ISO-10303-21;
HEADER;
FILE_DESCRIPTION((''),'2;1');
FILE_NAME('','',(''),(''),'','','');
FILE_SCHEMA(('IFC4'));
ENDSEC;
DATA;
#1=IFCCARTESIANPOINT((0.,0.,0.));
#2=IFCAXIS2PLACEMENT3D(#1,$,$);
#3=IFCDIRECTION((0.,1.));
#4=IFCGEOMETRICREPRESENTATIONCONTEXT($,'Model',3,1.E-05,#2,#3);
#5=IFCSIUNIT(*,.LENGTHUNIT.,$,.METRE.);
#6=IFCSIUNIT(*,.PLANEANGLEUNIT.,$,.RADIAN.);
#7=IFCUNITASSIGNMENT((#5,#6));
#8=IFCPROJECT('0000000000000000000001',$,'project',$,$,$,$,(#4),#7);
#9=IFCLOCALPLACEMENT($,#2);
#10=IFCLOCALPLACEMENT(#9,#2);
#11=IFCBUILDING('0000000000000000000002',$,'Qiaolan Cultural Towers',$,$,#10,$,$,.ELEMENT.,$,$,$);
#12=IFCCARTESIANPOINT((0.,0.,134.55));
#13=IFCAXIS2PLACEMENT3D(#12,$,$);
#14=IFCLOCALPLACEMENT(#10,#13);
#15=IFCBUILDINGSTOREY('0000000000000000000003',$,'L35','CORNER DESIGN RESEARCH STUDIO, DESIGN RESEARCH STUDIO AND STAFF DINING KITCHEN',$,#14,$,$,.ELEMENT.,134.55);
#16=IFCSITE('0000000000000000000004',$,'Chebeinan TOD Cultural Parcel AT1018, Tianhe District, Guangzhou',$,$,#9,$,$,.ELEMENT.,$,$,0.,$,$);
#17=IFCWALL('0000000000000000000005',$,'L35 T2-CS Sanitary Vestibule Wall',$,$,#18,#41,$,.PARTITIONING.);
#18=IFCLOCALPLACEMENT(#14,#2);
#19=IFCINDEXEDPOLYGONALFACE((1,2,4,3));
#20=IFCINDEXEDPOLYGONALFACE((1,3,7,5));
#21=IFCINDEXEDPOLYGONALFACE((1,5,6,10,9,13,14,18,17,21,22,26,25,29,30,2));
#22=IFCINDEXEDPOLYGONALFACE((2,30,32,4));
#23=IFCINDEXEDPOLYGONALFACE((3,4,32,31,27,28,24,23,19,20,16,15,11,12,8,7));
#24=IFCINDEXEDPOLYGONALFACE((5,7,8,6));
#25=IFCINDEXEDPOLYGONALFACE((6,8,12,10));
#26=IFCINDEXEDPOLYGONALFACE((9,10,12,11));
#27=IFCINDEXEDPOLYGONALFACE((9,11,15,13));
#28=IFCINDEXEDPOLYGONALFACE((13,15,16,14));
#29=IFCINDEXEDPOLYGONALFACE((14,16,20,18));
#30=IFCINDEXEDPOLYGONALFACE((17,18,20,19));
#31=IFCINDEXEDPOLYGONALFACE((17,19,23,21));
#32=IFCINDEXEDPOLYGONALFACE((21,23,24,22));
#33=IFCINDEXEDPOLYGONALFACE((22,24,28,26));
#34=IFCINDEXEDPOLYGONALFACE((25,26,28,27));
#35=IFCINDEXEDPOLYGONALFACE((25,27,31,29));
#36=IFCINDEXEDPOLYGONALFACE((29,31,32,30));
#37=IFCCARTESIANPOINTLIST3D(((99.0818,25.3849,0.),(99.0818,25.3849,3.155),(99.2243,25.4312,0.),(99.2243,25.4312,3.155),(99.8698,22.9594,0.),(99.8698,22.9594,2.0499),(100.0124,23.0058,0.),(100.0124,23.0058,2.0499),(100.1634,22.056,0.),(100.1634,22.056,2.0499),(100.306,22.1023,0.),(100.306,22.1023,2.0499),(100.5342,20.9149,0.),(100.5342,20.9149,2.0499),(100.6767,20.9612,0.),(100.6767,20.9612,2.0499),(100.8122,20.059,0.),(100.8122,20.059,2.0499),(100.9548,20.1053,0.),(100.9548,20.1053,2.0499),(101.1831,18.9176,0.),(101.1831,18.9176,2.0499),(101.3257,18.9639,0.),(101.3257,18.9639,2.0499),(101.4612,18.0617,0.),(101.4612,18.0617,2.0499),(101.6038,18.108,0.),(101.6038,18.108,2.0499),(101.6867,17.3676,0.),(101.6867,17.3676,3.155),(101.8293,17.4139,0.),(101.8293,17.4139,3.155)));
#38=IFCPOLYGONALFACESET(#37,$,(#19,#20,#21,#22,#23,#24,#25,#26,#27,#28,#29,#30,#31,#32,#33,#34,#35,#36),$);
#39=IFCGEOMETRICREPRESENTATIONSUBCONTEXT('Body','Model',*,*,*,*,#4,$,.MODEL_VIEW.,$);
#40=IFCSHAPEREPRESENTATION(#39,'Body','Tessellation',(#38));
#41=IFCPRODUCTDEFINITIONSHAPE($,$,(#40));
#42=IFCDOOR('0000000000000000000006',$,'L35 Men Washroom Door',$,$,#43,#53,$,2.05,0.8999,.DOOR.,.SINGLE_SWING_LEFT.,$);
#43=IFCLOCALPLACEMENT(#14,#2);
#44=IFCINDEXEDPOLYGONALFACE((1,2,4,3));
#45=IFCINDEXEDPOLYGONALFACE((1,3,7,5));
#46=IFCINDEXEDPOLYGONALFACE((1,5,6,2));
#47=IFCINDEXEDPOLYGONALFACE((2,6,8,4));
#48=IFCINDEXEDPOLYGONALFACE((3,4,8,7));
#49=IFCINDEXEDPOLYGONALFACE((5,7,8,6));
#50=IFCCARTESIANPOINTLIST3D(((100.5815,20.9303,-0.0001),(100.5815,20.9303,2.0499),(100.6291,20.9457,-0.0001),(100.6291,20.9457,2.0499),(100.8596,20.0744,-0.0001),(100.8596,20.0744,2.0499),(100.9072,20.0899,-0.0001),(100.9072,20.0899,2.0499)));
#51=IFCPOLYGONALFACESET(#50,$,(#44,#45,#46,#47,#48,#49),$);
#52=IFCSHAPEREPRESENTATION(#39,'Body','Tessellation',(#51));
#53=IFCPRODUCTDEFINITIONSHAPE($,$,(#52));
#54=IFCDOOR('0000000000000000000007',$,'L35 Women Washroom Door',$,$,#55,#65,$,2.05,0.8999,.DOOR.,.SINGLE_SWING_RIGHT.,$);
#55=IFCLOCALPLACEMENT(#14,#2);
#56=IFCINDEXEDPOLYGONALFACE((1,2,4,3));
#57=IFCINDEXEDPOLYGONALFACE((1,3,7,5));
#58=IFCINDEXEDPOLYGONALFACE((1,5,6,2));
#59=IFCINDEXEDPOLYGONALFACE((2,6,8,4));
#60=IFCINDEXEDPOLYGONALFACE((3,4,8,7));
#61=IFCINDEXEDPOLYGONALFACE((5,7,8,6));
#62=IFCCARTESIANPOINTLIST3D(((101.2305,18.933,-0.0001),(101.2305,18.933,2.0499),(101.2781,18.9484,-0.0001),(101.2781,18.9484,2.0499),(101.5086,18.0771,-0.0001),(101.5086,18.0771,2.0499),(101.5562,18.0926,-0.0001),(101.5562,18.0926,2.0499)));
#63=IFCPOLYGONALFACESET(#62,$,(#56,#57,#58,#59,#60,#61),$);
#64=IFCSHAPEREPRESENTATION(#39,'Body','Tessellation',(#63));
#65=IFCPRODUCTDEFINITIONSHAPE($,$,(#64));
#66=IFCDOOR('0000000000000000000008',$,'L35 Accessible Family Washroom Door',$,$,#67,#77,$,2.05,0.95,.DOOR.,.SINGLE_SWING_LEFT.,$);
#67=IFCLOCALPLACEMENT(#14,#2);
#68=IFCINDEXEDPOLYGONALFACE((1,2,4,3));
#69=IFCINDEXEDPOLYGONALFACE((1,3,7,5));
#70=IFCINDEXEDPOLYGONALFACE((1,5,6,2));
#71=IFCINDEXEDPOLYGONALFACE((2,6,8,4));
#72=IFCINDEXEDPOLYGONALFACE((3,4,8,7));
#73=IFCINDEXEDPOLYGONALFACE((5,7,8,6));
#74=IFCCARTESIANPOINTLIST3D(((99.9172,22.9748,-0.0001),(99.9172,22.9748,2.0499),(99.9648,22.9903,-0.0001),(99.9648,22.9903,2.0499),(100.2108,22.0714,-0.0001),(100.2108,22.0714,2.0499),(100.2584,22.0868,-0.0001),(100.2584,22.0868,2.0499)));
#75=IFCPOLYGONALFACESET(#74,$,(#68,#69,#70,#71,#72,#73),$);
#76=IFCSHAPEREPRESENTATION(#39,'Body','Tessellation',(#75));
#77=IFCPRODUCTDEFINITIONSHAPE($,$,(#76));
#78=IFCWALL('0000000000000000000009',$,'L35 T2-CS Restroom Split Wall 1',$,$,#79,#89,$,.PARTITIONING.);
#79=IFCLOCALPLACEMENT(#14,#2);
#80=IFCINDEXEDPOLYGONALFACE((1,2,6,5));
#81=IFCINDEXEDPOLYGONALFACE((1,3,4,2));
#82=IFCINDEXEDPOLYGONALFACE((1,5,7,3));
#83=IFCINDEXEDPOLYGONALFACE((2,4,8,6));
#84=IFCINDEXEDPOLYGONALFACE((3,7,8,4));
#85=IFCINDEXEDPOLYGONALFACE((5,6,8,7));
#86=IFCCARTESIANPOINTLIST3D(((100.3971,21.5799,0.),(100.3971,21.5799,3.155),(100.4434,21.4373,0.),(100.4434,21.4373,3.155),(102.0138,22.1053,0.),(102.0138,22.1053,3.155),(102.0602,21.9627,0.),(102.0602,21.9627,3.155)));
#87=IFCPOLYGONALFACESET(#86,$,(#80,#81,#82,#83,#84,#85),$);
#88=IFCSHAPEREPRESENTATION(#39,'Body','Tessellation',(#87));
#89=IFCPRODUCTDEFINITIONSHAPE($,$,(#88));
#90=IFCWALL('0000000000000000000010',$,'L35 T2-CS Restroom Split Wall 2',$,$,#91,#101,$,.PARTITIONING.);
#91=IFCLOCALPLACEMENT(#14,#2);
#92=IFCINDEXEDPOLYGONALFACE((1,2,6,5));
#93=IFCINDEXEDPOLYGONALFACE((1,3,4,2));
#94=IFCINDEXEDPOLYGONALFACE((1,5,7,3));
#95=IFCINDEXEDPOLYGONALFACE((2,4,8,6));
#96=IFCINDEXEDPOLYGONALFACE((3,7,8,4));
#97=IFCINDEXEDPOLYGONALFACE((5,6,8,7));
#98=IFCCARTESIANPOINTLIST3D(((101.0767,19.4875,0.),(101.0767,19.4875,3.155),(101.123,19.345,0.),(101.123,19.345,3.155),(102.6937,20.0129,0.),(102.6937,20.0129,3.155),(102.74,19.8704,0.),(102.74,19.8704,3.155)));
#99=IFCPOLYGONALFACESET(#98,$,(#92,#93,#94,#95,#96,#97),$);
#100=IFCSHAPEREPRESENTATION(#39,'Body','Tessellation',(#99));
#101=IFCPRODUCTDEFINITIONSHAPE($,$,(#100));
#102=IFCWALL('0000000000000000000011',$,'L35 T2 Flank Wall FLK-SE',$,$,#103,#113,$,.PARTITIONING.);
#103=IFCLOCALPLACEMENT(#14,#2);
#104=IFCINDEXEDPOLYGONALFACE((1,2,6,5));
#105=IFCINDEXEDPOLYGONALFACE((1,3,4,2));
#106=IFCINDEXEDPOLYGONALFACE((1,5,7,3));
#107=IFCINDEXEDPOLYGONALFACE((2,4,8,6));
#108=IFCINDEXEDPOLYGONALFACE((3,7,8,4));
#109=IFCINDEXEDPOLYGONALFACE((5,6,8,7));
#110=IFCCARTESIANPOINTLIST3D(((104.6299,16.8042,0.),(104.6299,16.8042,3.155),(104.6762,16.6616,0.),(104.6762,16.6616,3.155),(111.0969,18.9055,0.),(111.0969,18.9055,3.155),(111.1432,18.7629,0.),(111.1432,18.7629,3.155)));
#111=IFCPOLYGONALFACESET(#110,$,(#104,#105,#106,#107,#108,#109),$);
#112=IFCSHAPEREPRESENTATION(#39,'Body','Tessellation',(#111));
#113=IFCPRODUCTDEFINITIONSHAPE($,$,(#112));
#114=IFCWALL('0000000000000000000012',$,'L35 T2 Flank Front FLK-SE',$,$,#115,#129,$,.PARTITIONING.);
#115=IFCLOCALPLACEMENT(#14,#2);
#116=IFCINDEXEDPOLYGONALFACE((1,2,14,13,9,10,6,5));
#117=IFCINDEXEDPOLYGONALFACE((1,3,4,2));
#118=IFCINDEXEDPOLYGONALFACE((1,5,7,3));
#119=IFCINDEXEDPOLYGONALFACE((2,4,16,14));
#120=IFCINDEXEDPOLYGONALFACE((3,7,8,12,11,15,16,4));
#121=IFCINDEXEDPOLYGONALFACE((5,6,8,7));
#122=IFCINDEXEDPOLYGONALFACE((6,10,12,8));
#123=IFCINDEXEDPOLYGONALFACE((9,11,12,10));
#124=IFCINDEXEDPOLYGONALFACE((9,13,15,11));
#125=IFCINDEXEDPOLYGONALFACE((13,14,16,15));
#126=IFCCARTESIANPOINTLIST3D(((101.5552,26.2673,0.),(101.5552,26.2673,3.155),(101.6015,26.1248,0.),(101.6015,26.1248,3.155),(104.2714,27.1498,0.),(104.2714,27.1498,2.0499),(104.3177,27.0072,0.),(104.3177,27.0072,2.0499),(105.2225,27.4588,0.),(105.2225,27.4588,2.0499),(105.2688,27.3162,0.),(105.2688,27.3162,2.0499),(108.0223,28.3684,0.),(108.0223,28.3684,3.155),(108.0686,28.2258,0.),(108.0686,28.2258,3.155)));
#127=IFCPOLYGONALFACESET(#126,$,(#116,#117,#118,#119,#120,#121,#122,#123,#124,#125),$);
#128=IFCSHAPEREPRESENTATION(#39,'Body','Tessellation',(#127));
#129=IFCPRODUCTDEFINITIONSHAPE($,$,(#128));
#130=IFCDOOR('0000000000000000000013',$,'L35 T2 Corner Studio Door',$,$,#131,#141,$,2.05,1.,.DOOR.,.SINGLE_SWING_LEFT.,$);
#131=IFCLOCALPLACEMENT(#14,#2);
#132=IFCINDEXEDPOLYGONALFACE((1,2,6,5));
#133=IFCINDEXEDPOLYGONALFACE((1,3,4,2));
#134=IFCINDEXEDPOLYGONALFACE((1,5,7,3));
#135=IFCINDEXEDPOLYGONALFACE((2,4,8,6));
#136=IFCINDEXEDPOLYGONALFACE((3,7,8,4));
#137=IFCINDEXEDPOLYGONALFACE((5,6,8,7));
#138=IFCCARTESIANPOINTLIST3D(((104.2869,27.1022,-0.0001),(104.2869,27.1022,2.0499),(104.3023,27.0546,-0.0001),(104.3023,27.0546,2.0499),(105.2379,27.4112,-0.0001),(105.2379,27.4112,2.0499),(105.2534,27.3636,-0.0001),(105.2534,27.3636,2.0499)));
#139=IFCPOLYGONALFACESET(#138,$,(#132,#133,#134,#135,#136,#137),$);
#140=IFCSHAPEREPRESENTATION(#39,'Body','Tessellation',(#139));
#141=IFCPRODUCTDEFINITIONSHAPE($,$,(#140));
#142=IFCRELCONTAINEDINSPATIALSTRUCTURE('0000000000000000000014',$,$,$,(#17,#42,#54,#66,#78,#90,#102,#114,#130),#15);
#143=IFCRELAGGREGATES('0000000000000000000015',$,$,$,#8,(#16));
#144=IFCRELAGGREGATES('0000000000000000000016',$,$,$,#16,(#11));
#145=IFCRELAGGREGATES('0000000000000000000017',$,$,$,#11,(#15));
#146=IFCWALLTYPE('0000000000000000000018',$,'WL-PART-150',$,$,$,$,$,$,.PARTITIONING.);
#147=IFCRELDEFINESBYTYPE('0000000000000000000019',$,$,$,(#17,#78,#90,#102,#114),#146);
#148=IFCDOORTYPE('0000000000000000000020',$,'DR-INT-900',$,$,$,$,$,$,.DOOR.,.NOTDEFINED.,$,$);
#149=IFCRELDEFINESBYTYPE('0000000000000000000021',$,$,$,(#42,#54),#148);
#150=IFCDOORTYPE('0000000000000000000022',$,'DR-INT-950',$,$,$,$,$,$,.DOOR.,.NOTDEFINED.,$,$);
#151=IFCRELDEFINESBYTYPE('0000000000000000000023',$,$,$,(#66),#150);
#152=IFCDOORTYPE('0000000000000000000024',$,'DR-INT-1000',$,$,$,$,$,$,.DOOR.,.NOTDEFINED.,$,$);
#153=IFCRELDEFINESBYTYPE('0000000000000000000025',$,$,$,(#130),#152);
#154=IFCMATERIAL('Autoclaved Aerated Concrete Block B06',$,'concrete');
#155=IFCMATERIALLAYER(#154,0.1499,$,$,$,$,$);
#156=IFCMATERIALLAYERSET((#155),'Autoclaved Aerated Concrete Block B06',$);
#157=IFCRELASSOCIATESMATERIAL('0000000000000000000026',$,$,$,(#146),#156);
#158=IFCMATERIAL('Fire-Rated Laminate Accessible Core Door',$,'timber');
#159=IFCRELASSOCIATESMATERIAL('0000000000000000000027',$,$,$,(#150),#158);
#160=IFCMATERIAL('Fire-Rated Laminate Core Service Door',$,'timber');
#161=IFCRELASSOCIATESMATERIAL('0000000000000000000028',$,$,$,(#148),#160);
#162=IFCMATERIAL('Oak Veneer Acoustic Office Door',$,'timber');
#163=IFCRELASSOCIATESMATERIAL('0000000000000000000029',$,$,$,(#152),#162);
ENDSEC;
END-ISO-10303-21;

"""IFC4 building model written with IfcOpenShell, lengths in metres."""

from ifc_helpers import new_model, si_unit, direction, frame, frame_2d, origin, place, context, subcontext, project, spatial, rectangle, extrude, material, layer, layer_set, type_object, element, fill, save


model = new_model("IFC4")

# Units and contexts
model_context = context("Model", 3, precision=1e-05, world=origin(), true_north=direction((0.0, 1.0)))
body_context = subcontext(model_context, "Body", "Model", "MODEL_VIEW")
ifc_project = project(units=[si_unit("LENGTHUNIT", "METRE"), si_unit("PLANEANGLEUNIT", "RADIAN")], contexts=[model_context])

# Site, building, storey
site_placement = place(None, origin())
site = spatial("IfcSite", under=ifc_project, at=site_placement, Name="Chebeinan TOD Cultural Parcel AT1018, Tianhe District, Guangzhou", CompositionType="ELEMENT", RefElevation=0.0)
building_placement = place(site_placement, origin())
building = spatial("IfcBuilding", under=site, at=building_placement, Name="Qiaolan Cultural Towers", CompositionType="ELEMENT")
storey_placement = place(building_placement, frame((0.0, 0.0, 134.55)))
storey = spatial("IfcBuildingStorey", under=building, at=storey_placement, Name="L35", Description="CORNER DESIGN RESEARCH STUDIO, DESIGN RESEARCH STUDIO AND STAFF DINING KITCHEN", CompositionType="ELEMENT", Elevation=134.55)

# Shared definitions
ifc_material_1 = material(Name="Autoclaved Aerated Concrete Block B06", Category="concrete")
ifc_layer_1 = layer(ifc_material_1, 0.1499)
ifc_layer_set_1 = layer_set([ifc_layer_1], Name="Autoclaved Aerated Concrete Block B06")
wall_type_1 = type_object("IfcWallType", Name="WL-PART-150", PredefinedType="PARTITIONING", material=ifc_layer_set_1)
ifc_material_2 = material(Name="Fire-Rated Laminate Accessible Core Door", Category="timber")
door_type_1 = type_object("IfcDoorType", Name="DR-INT-950", OperationType="NOTDEFINED", PredefinedType="DOOR", material=ifc_material_2)

# Wall, openings, doors
wall_1_placement = place(storey_placement, frame((99.1531, 25.408, 0.0), z_axis=(0.0, 0.0, 1.0), x_axis=(0.309016, -0.951057, 0.0)))
wall_1 = element("IfcWall", 1, at=wall_1_placement, inside=storey, type_object=wall_type_1, Name="L35 T2-CS Sanitary Vestibule Wall", PredefinedType="PARTITIONING", context=body_context, shape_type="SweptSolid", body=[
    extrude(rectangle(XDim=8.4299, YDim=0.1499, at=frame_2d((4.2148, 0.0))), origin(), (0.0, 0.0, 1.0), 3.155),
])
opening_1_placement = place(wall_1_placement, frame((2.55, 0.0, 0.0)))
opening_1 = element("IfcOpeningElement", 2, at=opening_1_placement, cuts=wall_1, PredefinedType="OPENING", context=body_context, shape_type="SweptSolid", body=[
    extrude(rectangle(XDim=0.95, YDim=2.05, at=frame_2d((0.4751, 1.0249))), frame((0.0, 0.085, 0.0), z_axis=(0.0, -1.0, 0.0), x_axis=(1.0, 0.0, 0.0)), (0.0, 0.0, 1.0), 0.1699),
])
opening_2_placement = place(wall_1_placement, frame((4.7, 0.0, 0.0)))
opening_2 = element("IfcOpeningElement", 3, at=opening_2_placement, cuts=wall_1, PredefinedType="OPENING", context=body_context, shape_type="SweptSolid", body=[
    extrude(rectangle(XDim=0.8999, YDim=2.05, at=frame_2d((0.45, 1.0249))), frame((0.0, 0.085, 0.0), z_axis=(0.0, -1.0, 0.0), x_axis=(1.0, 0.0, 0.0)), (0.0, 0.0, 1.0), 0.1699),
])
opening_3_placement = place(wall_1_placement, frame((6.8, 0.0, 0.0)))
opening_3 = element("IfcOpeningElement", 4, at=opening_3_placement, cuts=wall_1, PredefinedType="OPENING", context=body_context, shape_type="SweptSolid", body=[
    extrude(rectangle(XDim=0.8999, YDim=2.05, at=frame_2d((0.45, 1.0249))), frame((0.0, 0.085, 0.0), z_axis=(0.0, -1.0, 0.0), x_axis=(1.0, 0.0, 0.0)), (0.0, 0.0, 1.0), 0.1699),
])
ifc_material_3 = material(Name="Fire-Rated Laminate Core Service Door", Category="timber")
door_type_2 = type_object("IfcDoorType", Name="DR-INT-900", OperationType="NOTDEFINED", PredefinedType="DOOR", material=ifc_material_3)
door_1_placement = place(opening_2_placement, origin())
door_1 = element("IfcDoor", 5, at=door_1_placement, inside=storey, type_object=door_type_2, Name="L35 Men Washroom Door", OperationType="SINGLE_SWING_LEFT", OverallHeight=2.05, OverallWidth=0.8999, PredefinedType="DOOR", context=body_context, shape_type="SweptSolid", body=[
    extrude(rectangle(XDim=0.8999, YDim=2.05, at=frame_2d((0.45, 1.0249))), frame((0.0, 0.0249, 0.0), z_axis=(0.0, -1.0, 0.0), x_axis=(1.0, 0.0, 0.0)), (0.0, 0.0, 1.0), 0.05),
])
fill(opening_2, door_1)
door_2_placement = place(opening_3_placement, origin())
door_2 = element("IfcDoor", 6, at=door_2_placement, inside=storey, type_object=door_type_2, Name="L35 Women Washroom Door", OperationType="SINGLE_SWING_RIGHT", OverallHeight=2.05, OverallWidth=0.8999, PredefinedType="DOOR", context=body_context, shape_type="SweptSolid", body=[
    extrude(rectangle(XDim=0.8999, YDim=2.05, at=frame_2d((0.45, 1.0249))), frame((0.0, 0.0249, 0.0), z_axis=(0.0, -1.0, 0.0), x_axis=(1.0, 0.0, 0.0)), (0.0, 0.0, 1.0), 0.05),
])
fill(opening_3, door_2)
door_3_placement = place(opening_1_placement, origin())
door_3 = element("IfcDoor", 7, at=door_3_placement, inside=storey, type_object=door_type_1, Name="L35 Accessible Family Washroom Door", OperationType="SINGLE_SWING_LEFT", OverallHeight=2.05, OverallWidth=0.95, PredefinedType="DOOR", context=body_context, shape_type="SweptSolid", body=[
    extrude(rectangle(XDim=0.95, YDim=2.05, at=frame_2d((0.4751, 1.0249))), frame((0.0, 0.0249, 0.0), z_axis=(0.0, -1.0, 0.0), x_axis=(1.0, 0.0, 0.0)), (0.0, 0.0, 1.0), 0.05),
])
fill(opening_1, door_3)

# Walls
wall_2_placement = place(storey_placement, frame((100.4202, 21.5085, 0.0), z_axis=(0.0, 0.0, 1.0), x_axis=(0.95104, 0.309067, 0.0)))
element("IfcWall", 8, at=wall_2_placement, inside=storey, type_object=wall_type_1, Name="L35 T2-CS Restroom Split Wall 1", PredefinedType="PARTITIONING", context=body_context, shape_type="SweptSolid", body=[
    extrude(rectangle(XDim=1.7, YDim=0.1499, at=frame_2d((0.8501, 0.0))), origin(), (0.0, 0.0, 1.0), 3.155),
])
wall_3_placement = place(storey_placement, frame((101.0999, 19.4163, 0.0), z_axis=(0.0, 0.0, 1.0), x_axis=(0.951054, 0.309024, 0.0)))
element("IfcWall", 9, at=wall_3_placement, inside=storey, type_object=wall_type_1, Name="L35 T2-CS Restroom Split Wall 2", PredefinedType="PARTITIONING", context=body_context, shape_type="SweptSolid", body=[
    extrude(rectangle(XDim=1.7002, YDim=0.1499, at=frame_2d((0.8501, 0.0))), origin(), (0.0, 0.0, 1.0), 3.155),
])
wall_4_placement = place(storey_placement, frame((104.6531, 16.7329, 0.0), z_axis=(0.0, 0.0, 1.0), x_axis=(0.951054, 0.309024, 0.0)))
element("IfcWall", 10, at=wall_4_placement, inside=storey, type_object=wall_type_1, Name="L35 T2 Flank Wall FLK-SE", PredefinedType="PARTITIONING", context=body_context, shape_type="SweptSolid", body=[
    extrude(rectangle(XDim=6.7998, YDim=0.1499, at=frame_2d((3.3999, 0.0))), origin(), (0.0, 0.0, 1.0), 3.155),
])

# Wall, opening, door
wall_5_placement = place(storey_placement, frame((101.5784, 26.196, 0.0), z_axis=(0.0, 0.0, 1.0), x_axis=(0.951065, 0.308991, 0.0)))
wall_5 = element("IfcWall", 11, at=wall_5_placement, inside=storey, type_object=wall_type_1, Name="L35 T2 Flank Front FLK-SE", PredefinedType="PARTITIONING", context=body_context, shape_type="SweptSolid", body=[
    extrude(rectangle(XDim=6.7998, YDim=0.1499, at=frame_2d((3.3999, 0.0))), origin(), (0.0, 0.0, 1.0), 3.155),
])
opening_4_placement = place(wall_5_placement, frame((2.856, 0.0, 0.0)))
opening_4 = element("IfcOpeningElement", 12, at=opening_4_placement, cuts=wall_5, PredefinedType="OPENING", context=body_context, shape_type="SweptSolid", body=[
    extrude(rectangle(XDim=1.0, YDim=2.05, at=frame_2d((0.5, 1.0249))), frame((0.0, 0.085, 0.0), z_axis=(0.0, -1.0, 0.0), x_axis=(1.0, 0.0, 0.0)), (0.0, 0.0, 1.0), 0.1699),
])
ifc_material_4 = material(Name="Oak Veneer Acoustic Office Door", Category="timber")
door_type_3 = type_object("IfcDoorType", Name="DR-INT-1000", OperationType="NOTDEFINED", PredefinedType="DOOR", material=ifc_material_4)
door_4_placement = place(opening_4_placement, origin())
door_4 = element("IfcDoor", 13, at=door_4_placement, inside=storey, type_object=door_type_3, Name="L35 T2 Corner Studio Door", OperationType="SINGLE_SWING_LEFT", OverallHeight=2.05, OverallWidth=1.0, PredefinedType="DOOR", context=body_context, shape_type="SweptSolid", body=[
    extrude(rectangle(XDim=1.0, YDim=2.05, at=frame_2d((0.5, 1.0249))), frame((0.0, 0.0249, 0.0), z_axis=(0.0, -1.0, 0.0), x_axis=(1.0, 0.0, 0.0)), (0.0, 0.0, 1.0), 0.05),
])
fill(opening_4, door_4)

save(model, "model.ifc")
